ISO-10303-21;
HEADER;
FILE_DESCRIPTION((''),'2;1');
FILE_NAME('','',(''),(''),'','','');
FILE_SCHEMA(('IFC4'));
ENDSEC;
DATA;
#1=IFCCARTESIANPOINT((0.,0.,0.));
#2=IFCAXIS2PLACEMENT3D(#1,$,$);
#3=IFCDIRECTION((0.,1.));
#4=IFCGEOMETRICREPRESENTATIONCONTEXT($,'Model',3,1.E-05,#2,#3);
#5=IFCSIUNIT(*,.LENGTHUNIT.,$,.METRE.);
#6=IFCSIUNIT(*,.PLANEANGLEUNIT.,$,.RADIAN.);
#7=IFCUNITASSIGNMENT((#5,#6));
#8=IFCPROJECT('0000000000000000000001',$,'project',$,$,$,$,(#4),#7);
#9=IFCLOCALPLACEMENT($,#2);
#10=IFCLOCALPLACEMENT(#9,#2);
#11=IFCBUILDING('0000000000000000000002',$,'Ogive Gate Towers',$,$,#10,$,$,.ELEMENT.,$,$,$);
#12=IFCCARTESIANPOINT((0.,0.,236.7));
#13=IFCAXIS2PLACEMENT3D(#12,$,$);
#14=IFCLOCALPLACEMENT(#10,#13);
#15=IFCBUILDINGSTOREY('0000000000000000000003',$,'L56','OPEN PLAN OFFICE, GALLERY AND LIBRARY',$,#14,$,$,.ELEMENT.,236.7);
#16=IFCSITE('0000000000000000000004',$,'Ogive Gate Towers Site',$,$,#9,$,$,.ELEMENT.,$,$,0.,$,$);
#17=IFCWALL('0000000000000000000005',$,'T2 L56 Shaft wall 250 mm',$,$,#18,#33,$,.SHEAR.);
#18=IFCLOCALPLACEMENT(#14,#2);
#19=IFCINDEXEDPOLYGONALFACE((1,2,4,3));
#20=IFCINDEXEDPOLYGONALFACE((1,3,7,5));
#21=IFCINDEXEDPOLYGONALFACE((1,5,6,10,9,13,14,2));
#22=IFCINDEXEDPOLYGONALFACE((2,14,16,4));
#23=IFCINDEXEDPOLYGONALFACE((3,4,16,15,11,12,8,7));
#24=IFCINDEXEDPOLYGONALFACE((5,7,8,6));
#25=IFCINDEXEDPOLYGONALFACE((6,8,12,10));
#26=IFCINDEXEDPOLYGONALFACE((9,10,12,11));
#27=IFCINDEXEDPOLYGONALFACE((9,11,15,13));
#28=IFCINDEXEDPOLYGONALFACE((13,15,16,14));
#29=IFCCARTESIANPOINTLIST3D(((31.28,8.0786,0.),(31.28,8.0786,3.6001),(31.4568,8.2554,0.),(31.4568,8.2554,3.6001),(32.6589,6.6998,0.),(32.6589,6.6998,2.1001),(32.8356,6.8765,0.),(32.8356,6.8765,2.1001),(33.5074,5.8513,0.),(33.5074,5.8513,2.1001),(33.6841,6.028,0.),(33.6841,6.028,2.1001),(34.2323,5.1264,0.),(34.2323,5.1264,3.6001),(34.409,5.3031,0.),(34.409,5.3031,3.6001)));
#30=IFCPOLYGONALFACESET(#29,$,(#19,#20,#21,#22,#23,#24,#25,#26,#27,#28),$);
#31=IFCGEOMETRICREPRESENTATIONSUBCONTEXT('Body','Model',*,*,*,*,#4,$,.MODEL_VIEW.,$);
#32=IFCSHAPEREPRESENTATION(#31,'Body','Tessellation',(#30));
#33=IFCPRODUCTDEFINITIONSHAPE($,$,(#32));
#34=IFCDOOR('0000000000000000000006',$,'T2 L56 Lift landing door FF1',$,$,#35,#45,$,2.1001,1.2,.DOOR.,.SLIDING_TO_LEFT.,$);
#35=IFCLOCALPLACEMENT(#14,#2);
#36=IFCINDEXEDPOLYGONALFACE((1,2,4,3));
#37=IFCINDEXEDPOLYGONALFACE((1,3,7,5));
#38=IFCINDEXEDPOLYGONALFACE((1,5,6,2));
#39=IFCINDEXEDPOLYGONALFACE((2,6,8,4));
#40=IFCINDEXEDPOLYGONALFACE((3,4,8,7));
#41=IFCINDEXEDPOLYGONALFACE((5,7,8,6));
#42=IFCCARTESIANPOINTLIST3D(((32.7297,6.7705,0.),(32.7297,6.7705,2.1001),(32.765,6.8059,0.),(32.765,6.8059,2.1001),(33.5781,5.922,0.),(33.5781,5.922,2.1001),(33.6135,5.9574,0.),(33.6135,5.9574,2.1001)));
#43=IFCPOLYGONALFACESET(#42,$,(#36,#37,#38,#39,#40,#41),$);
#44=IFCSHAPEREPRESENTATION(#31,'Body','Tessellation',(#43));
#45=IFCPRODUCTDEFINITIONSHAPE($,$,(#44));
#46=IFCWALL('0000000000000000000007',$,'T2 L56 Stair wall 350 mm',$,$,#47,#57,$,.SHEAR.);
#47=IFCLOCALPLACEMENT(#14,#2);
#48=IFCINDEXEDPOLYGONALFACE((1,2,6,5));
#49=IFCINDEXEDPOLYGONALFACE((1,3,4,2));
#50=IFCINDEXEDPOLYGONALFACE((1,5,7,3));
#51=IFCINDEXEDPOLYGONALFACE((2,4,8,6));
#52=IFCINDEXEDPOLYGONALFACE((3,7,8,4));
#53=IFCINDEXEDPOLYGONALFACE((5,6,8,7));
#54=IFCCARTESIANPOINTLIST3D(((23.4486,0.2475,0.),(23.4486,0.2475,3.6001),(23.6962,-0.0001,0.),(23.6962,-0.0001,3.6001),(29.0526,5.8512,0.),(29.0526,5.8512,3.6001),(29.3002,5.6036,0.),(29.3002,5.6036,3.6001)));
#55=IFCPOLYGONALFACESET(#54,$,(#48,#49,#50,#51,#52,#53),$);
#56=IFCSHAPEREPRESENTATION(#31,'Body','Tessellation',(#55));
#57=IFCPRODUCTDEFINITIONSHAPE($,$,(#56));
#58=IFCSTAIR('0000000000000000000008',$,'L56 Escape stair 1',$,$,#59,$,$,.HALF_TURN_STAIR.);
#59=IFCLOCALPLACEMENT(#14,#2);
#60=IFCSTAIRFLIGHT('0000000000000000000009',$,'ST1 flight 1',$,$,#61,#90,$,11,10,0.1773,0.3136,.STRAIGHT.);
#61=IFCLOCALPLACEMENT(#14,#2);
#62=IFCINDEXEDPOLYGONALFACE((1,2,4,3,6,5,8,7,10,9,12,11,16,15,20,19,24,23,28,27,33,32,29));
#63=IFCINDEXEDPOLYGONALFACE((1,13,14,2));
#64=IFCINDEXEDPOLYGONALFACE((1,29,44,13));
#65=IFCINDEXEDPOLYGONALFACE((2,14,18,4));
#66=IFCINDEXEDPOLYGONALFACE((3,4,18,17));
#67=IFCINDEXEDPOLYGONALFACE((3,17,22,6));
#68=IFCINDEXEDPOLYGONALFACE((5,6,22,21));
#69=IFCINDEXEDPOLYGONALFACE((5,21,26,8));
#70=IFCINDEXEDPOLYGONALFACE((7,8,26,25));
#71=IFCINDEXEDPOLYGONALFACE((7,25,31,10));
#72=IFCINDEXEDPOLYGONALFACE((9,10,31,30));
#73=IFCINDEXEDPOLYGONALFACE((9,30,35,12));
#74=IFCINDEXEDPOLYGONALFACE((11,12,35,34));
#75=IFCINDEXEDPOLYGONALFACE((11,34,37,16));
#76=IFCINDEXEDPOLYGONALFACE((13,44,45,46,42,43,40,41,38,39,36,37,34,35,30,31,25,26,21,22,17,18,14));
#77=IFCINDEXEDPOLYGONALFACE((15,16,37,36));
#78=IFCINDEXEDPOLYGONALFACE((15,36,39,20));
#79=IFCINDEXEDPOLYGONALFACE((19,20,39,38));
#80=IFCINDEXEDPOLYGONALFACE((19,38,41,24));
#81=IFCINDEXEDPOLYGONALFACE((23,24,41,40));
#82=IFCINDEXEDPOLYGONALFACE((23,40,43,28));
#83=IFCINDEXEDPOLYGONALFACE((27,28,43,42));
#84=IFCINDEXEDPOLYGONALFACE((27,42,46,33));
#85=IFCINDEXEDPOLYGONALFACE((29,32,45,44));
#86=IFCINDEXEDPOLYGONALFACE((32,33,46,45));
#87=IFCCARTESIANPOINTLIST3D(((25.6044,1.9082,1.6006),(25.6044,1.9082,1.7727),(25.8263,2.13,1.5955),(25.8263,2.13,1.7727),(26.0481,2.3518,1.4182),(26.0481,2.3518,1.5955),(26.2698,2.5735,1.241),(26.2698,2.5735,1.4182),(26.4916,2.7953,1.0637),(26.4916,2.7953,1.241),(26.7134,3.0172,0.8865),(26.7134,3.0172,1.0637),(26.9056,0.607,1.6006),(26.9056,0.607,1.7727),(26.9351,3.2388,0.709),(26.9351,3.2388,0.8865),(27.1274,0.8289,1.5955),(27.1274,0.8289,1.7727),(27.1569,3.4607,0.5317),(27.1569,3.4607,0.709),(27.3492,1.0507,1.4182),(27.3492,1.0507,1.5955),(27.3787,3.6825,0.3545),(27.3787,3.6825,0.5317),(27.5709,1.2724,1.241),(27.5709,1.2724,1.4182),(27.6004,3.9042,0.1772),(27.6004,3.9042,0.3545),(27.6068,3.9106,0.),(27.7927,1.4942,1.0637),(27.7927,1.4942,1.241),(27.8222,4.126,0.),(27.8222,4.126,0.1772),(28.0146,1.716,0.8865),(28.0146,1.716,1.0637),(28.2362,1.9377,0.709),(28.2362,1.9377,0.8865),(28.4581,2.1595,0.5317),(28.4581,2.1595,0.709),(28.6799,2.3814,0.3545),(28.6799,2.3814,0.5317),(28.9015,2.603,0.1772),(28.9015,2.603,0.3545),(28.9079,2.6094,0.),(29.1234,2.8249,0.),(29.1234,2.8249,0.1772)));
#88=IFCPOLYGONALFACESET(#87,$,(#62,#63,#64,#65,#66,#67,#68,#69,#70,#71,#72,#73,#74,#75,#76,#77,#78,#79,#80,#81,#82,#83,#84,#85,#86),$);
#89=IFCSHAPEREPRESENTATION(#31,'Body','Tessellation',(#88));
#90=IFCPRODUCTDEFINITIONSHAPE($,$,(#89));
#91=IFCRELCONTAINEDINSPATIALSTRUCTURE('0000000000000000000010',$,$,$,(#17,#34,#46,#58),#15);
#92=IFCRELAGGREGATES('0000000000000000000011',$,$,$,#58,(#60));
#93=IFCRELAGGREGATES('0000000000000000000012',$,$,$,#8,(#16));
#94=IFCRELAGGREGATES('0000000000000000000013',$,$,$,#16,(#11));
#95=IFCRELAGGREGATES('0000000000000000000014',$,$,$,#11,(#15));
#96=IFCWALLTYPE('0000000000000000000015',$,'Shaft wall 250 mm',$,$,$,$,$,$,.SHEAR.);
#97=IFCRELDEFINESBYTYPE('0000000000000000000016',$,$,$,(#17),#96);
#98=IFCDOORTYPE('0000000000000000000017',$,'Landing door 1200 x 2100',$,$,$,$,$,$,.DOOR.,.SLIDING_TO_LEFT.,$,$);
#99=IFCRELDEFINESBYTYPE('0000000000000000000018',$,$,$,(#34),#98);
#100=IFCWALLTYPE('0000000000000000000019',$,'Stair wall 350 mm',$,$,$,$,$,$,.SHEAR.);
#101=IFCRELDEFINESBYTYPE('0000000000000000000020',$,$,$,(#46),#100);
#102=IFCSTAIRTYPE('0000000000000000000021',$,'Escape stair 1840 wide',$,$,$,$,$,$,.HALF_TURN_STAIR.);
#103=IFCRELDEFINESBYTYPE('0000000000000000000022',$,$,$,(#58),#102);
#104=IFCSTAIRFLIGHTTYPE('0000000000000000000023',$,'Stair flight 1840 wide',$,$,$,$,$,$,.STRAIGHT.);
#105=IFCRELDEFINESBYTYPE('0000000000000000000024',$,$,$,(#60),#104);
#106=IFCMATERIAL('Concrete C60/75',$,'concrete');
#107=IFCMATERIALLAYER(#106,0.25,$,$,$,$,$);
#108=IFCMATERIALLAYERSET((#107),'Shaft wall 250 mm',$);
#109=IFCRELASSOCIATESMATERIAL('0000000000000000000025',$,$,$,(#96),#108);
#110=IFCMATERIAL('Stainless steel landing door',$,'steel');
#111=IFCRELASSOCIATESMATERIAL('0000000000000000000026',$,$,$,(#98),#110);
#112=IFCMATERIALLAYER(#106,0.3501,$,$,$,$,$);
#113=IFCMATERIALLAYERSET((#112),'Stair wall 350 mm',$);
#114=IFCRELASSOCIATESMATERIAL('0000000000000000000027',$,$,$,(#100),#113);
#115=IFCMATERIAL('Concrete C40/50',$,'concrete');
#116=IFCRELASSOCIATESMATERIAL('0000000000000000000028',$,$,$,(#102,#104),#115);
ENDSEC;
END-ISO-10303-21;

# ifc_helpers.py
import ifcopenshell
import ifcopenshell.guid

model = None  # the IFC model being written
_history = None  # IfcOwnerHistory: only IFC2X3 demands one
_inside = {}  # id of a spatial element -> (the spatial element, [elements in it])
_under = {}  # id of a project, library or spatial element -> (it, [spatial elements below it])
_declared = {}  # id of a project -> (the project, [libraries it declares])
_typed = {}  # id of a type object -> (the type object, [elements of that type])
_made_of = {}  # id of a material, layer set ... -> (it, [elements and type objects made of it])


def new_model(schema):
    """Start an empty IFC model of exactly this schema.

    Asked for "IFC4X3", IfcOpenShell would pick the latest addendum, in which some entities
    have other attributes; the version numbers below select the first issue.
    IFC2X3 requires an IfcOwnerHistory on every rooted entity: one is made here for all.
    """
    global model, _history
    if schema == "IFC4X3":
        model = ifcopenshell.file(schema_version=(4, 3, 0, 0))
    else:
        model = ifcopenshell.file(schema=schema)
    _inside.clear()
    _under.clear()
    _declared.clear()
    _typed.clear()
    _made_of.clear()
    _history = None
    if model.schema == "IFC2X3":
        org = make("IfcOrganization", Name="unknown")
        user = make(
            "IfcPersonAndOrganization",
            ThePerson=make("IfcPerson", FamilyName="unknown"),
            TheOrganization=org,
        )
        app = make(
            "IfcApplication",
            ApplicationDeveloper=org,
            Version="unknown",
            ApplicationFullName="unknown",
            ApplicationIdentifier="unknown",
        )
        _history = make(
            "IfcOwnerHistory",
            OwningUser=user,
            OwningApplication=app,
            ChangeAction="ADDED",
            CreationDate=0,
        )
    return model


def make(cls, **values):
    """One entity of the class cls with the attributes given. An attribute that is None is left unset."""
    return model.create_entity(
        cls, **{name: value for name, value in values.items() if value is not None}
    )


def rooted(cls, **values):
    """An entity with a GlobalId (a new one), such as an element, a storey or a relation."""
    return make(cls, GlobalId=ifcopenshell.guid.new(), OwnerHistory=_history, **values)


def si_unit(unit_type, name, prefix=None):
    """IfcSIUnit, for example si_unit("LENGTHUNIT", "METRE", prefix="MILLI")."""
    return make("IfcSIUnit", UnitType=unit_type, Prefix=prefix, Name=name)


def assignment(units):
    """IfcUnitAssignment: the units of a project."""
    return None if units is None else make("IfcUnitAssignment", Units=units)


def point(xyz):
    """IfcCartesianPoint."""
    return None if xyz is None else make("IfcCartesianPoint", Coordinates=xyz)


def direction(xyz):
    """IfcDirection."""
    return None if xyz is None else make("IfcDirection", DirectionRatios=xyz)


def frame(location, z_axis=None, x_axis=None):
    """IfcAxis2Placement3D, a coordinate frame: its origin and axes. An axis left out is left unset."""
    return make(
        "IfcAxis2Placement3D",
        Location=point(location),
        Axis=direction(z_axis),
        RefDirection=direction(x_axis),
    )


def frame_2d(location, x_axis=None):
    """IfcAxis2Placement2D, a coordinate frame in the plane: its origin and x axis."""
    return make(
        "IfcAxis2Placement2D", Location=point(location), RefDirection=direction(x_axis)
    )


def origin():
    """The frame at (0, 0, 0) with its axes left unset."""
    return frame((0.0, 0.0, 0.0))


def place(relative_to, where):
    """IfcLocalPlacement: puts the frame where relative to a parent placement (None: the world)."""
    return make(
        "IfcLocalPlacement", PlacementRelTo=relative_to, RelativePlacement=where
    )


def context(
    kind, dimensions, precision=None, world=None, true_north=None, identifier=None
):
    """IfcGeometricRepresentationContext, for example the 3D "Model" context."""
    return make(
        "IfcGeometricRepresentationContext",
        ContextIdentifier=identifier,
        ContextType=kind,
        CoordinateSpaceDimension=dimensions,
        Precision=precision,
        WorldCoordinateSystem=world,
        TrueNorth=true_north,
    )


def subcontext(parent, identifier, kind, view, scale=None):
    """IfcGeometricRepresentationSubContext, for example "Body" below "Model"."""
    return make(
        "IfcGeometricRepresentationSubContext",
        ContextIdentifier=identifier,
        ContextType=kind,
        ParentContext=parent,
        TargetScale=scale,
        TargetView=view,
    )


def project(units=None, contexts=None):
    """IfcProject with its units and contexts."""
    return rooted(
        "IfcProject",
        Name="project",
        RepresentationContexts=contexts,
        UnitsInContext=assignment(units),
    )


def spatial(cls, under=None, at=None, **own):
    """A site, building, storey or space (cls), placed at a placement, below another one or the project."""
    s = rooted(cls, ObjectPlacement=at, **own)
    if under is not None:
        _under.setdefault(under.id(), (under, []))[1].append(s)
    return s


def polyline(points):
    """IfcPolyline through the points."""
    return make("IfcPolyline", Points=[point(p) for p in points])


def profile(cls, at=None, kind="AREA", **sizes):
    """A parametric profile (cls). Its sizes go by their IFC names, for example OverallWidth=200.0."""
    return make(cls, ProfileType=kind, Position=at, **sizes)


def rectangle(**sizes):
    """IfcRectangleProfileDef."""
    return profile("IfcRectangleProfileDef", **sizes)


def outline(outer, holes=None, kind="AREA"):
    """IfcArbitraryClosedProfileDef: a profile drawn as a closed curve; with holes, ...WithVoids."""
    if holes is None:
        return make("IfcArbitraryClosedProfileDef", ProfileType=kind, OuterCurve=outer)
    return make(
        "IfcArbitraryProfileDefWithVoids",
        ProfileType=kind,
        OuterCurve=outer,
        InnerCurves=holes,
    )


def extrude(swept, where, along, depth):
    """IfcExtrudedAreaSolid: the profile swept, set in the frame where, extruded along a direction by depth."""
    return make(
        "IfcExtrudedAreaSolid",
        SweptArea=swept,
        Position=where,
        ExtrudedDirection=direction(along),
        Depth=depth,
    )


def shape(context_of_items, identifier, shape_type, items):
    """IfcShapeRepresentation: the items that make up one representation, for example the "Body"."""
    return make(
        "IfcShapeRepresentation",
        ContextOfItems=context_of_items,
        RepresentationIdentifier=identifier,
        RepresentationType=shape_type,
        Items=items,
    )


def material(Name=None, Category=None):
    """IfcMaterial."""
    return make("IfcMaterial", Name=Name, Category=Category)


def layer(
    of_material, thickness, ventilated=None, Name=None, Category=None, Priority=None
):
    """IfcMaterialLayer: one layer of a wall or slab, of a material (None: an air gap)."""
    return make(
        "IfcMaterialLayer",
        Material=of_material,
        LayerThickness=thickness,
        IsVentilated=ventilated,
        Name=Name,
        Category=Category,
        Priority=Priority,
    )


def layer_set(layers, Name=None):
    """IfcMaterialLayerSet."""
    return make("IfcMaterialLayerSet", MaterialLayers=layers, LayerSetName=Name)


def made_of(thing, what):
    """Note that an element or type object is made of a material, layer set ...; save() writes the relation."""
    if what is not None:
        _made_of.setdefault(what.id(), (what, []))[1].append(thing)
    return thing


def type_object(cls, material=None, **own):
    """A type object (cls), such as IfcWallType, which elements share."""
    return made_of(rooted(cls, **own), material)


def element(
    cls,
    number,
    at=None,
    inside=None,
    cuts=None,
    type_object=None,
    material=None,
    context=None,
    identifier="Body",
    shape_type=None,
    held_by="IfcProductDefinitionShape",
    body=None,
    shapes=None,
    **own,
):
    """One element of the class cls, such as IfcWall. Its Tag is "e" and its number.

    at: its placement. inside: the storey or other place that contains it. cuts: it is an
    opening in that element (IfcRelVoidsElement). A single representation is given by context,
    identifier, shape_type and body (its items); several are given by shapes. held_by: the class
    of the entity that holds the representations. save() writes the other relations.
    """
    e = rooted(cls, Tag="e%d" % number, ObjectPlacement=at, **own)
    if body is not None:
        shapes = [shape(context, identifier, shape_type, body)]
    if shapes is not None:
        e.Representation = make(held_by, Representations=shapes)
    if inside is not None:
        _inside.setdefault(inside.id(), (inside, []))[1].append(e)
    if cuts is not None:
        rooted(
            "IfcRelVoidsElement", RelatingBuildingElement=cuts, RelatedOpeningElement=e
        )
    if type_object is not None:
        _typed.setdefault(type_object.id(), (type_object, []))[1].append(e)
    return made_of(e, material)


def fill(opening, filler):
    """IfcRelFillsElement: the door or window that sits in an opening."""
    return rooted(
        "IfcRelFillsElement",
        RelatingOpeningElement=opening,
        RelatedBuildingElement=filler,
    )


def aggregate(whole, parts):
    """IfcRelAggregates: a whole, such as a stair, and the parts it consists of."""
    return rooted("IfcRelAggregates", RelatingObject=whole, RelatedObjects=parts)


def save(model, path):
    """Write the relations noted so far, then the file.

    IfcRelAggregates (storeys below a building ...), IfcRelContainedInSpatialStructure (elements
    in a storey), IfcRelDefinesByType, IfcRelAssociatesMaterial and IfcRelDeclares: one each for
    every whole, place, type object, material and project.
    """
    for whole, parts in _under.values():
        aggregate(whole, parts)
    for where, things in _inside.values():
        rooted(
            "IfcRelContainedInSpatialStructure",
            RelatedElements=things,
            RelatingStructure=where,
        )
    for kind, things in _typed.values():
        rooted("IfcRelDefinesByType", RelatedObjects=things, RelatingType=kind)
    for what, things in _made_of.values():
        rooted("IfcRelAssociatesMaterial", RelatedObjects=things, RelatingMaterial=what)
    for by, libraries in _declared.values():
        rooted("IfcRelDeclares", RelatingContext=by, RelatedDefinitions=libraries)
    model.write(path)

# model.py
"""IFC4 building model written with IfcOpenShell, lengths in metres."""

from ifc_helpers import new_model, si_unit, direction, frame, frame_2d, origin, place, context, subcontext, project, spatial, polyline, rectangle, outline, extrude, material, layer, layer_set, type_object, element, fill, aggregate, save


model = new_model("IFC4")

# Units and contexts
model_context = context("Model", 3, precision=1e-05, world=origin(), true_north=direction((0.0, 1.0)))
body_context = subcontext(model_context, "Body", "Model", "MODEL_VIEW")
ifc_project = project(units=[si_unit("LENGTHUNIT", "METRE"), si_unit("PLANEANGLEUNIT", "RADIAN")], contexts=[model_context])

# Site, building, storey
site_placement = place(None, origin())
site = spatial("IfcSite", under=ifc_project, at=site_placement, Name="Ogive Gate Towers Site", CompositionType="ELEMENT", RefElevation=0.0)
building_placement = place(site_placement, origin())
building = spatial("IfcBuilding", under=site, at=building_placement, Name="Ogive Gate Towers", CompositionType="ELEMENT")
storey_placement = place(building_placement, frame((0.0, 0.0, 236.7)))
storey = spatial("IfcBuildingStorey", under=building, at=storey_placement, Name="L56", Description="OPEN PLAN OFFICE, GALLERY AND LIBRARY", CompositionType="ELEMENT", Elevation=236.7)

# Shared definitions
ifc_material_1 = material(Name="Concrete C40/50", Category="concrete")

# Shared definitions
ifc_material_2 = material(Name="Concrete C60/75", Category="concrete")

# Shared definitions
ifc_layer_1 = layer(ifc_material_2, 0.25)
ifc_layer_set_1 = layer_set([ifc_layer_1], Name="Shaft wall 250 mm")
wall_type_1 = type_object("IfcWallType", Name="Shaft wall 250 mm", PredefinedType="SHEAR", material=ifc_layer_set_1)

# Wall, opening, door
wall_1_placement = place(storey_placement, frame((34.3206, 5.2148, 0.0), z_axis=(0.0, 0.0, 1.0), x_axis=(-0.707107, 0.707107, 0.0)))
wall_1 = element("IfcWall", 1, at=wall_1_placement, inside=storey, type_object=wall_type_1, Name="T2 L56 Shaft wall 250 mm", PredefinedType="SHEAR", context=body_context, shape_type="SweptSolid", body=[
    extrude(rectangle(XDim=4.175, YDim=0.25, at=frame_2d((2.0874, 0.0))), origin(), (0.0, 0.0, 1.0), 3.6001),
])
opening_1_placement = place(wall_1_placement, frame((1.0249, 0.0, 0.0)))
opening_1 = element("IfcOpeningElement", 2, at=opening_1_placement, cuts=wall_1, PredefinedType="OPENING", context=body_context, shape_type="SweptSolid", body=[
    extrude(rectangle(XDim=1.2, YDim=2.1001, at=frame_2d((0.6001, 1.05))), frame((0.0, 0.135, 0.0), z_axis=(0.0, -1.0, 0.0), x_axis=(1.0, 0.0, 0.0)), (0.0, 0.0, 1.0), 0.27),
])
ifc_material_3 = material(Name="Stainless steel landing door", Category="steel")
door_type_1 = type_object("IfcDoorType", Name="Landing door 1200 x 2100", OperationType="SLIDING_TO_LEFT", PredefinedType="DOOR", material=ifc_material_3)
door_1_placement = place(opening_1_placement, origin())
door_1 = element("IfcDoor", 3, at=door_1_placement, inside=storey, type_object=door_type_1, Name="T2 L56 Lift landing door FF1", OperationType="SLIDING_TO_LEFT", OverallHeight=2.1001, OverallWidth=1.2, PredefinedType="DOOR", context=body_context, shape_type="SweptSolid", body=[
    extrude(rectangle(XDim=1.2, YDim=2.1001, at=frame_2d((0.6001, 1.05))), frame((0.0, 0.0249, 0.0), z_axis=(0.0, -1.0, 0.0), x_axis=(1.0, 0.0, 0.0)), (0.0, 0.0, 1.0), 0.05),
])
fill(opening_1, door_1)

# Wall
ifc_layer_2 = layer(ifc_material_2, 0.3501)
ifc_layer_set_2 = layer_set([ifc_layer_2], Name="Stair wall 350 mm")
wall_type_2 = type_object("IfcWallType", Name="Stair wall 350 mm", PredefinedType="SHEAR", material=ifc_layer_set_2)
wall_2_placement = place(storey_placement, frame((23.5725, 0.1238, 0.0), z_axis=(0.0, 0.0, 1.0), x_axis=(0.707122, 0.707091, 0.0)))
element("IfcWall", 4, at=wall_2_placement, inside=storey, type_object=wall_type_2, Name="T2 L56 Stair wall 350 mm", PredefinedType="SHEAR", context=body_context, shape_type="SweptSolid", body=[
    extrude(rectangle(XDim=7.925, YDim=0.3501, at=frame_2d((3.9624, 0.0))), origin(), (0.0, 0.0, 1.0), 3.6001),
])

# Stair, stair flight
stair_type = type_object("IfcStairType", Name="Escape stair 1840 wide", PredefinedType="HALF_TURN_STAIR", material=ifc_material_1)
stair_placement = place(storey_placement, origin())
stair = element("IfcStair", 5, at=stair_placement, inside=storey, type_object=stair_type, Name="L56 Escape stair 1", PredefinedType="HALF_TURN_STAIR")
stair_flight_type = type_object("IfcStairFlightType", Name="Stair flight 1840 wide", PredefinedType="STRAIGHT", material=ifc_material_1)
stair_flight_placement = place(storey_placement, frame((28.4729, 3.4753, 0.0), z_axis=(0.0, 0.0, 1.0), x_axis=(-0.707107, -0.707107, 0.0)))
stair_flight = element("IfcStairFlight", 6, at=stair_flight_placement, type_object=stair_flight_type, Name="ST1 flight 1", NumberOfRisers=11, NumberOfTreads=10, PredefinedType="STRAIGHT", RiserHeight=0.1773, TreadLength=0.3136, context=body_context, shape_type="SweptSolid", body=[
    extrude(outline(polyline([(0.0, 0.0), (0.0, 0.1772), (0.3137, 0.1772), (0.3137, 0.3545), (0.6272, 0.3545), (0.6272, 0.5317), (0.9409, 0.5317), (0.9409, 0.709), (1.2546, 0.709), (1.2546, 0.8865), (1.5681, 0.8865), (1.5681, 1.0637), (1.8818, 1.0637), (1.8818, 1.241), (2.1956, 1.241), (2.1956, 1.4182), (2.509, 1.4182), (2.509, 1.5955), (2.8228, 1.5955), (2.8228, 1.7727), (3.1365, 1.7727), (3.1365, 1.95), (3.1365, 1.6006), (0.3047, 0.0), (0.0, 0.0)])), frame((0.0, 0.9199, 0.0), z_axis=(0.0, -1.0, 0.0), x_axis=(1.0, 0.0, 0.0)), (0.0, 0.0, 1.0), 1.8401),
])
aggregate(stair, [stair_flight])

save(model, "model.ifc")
